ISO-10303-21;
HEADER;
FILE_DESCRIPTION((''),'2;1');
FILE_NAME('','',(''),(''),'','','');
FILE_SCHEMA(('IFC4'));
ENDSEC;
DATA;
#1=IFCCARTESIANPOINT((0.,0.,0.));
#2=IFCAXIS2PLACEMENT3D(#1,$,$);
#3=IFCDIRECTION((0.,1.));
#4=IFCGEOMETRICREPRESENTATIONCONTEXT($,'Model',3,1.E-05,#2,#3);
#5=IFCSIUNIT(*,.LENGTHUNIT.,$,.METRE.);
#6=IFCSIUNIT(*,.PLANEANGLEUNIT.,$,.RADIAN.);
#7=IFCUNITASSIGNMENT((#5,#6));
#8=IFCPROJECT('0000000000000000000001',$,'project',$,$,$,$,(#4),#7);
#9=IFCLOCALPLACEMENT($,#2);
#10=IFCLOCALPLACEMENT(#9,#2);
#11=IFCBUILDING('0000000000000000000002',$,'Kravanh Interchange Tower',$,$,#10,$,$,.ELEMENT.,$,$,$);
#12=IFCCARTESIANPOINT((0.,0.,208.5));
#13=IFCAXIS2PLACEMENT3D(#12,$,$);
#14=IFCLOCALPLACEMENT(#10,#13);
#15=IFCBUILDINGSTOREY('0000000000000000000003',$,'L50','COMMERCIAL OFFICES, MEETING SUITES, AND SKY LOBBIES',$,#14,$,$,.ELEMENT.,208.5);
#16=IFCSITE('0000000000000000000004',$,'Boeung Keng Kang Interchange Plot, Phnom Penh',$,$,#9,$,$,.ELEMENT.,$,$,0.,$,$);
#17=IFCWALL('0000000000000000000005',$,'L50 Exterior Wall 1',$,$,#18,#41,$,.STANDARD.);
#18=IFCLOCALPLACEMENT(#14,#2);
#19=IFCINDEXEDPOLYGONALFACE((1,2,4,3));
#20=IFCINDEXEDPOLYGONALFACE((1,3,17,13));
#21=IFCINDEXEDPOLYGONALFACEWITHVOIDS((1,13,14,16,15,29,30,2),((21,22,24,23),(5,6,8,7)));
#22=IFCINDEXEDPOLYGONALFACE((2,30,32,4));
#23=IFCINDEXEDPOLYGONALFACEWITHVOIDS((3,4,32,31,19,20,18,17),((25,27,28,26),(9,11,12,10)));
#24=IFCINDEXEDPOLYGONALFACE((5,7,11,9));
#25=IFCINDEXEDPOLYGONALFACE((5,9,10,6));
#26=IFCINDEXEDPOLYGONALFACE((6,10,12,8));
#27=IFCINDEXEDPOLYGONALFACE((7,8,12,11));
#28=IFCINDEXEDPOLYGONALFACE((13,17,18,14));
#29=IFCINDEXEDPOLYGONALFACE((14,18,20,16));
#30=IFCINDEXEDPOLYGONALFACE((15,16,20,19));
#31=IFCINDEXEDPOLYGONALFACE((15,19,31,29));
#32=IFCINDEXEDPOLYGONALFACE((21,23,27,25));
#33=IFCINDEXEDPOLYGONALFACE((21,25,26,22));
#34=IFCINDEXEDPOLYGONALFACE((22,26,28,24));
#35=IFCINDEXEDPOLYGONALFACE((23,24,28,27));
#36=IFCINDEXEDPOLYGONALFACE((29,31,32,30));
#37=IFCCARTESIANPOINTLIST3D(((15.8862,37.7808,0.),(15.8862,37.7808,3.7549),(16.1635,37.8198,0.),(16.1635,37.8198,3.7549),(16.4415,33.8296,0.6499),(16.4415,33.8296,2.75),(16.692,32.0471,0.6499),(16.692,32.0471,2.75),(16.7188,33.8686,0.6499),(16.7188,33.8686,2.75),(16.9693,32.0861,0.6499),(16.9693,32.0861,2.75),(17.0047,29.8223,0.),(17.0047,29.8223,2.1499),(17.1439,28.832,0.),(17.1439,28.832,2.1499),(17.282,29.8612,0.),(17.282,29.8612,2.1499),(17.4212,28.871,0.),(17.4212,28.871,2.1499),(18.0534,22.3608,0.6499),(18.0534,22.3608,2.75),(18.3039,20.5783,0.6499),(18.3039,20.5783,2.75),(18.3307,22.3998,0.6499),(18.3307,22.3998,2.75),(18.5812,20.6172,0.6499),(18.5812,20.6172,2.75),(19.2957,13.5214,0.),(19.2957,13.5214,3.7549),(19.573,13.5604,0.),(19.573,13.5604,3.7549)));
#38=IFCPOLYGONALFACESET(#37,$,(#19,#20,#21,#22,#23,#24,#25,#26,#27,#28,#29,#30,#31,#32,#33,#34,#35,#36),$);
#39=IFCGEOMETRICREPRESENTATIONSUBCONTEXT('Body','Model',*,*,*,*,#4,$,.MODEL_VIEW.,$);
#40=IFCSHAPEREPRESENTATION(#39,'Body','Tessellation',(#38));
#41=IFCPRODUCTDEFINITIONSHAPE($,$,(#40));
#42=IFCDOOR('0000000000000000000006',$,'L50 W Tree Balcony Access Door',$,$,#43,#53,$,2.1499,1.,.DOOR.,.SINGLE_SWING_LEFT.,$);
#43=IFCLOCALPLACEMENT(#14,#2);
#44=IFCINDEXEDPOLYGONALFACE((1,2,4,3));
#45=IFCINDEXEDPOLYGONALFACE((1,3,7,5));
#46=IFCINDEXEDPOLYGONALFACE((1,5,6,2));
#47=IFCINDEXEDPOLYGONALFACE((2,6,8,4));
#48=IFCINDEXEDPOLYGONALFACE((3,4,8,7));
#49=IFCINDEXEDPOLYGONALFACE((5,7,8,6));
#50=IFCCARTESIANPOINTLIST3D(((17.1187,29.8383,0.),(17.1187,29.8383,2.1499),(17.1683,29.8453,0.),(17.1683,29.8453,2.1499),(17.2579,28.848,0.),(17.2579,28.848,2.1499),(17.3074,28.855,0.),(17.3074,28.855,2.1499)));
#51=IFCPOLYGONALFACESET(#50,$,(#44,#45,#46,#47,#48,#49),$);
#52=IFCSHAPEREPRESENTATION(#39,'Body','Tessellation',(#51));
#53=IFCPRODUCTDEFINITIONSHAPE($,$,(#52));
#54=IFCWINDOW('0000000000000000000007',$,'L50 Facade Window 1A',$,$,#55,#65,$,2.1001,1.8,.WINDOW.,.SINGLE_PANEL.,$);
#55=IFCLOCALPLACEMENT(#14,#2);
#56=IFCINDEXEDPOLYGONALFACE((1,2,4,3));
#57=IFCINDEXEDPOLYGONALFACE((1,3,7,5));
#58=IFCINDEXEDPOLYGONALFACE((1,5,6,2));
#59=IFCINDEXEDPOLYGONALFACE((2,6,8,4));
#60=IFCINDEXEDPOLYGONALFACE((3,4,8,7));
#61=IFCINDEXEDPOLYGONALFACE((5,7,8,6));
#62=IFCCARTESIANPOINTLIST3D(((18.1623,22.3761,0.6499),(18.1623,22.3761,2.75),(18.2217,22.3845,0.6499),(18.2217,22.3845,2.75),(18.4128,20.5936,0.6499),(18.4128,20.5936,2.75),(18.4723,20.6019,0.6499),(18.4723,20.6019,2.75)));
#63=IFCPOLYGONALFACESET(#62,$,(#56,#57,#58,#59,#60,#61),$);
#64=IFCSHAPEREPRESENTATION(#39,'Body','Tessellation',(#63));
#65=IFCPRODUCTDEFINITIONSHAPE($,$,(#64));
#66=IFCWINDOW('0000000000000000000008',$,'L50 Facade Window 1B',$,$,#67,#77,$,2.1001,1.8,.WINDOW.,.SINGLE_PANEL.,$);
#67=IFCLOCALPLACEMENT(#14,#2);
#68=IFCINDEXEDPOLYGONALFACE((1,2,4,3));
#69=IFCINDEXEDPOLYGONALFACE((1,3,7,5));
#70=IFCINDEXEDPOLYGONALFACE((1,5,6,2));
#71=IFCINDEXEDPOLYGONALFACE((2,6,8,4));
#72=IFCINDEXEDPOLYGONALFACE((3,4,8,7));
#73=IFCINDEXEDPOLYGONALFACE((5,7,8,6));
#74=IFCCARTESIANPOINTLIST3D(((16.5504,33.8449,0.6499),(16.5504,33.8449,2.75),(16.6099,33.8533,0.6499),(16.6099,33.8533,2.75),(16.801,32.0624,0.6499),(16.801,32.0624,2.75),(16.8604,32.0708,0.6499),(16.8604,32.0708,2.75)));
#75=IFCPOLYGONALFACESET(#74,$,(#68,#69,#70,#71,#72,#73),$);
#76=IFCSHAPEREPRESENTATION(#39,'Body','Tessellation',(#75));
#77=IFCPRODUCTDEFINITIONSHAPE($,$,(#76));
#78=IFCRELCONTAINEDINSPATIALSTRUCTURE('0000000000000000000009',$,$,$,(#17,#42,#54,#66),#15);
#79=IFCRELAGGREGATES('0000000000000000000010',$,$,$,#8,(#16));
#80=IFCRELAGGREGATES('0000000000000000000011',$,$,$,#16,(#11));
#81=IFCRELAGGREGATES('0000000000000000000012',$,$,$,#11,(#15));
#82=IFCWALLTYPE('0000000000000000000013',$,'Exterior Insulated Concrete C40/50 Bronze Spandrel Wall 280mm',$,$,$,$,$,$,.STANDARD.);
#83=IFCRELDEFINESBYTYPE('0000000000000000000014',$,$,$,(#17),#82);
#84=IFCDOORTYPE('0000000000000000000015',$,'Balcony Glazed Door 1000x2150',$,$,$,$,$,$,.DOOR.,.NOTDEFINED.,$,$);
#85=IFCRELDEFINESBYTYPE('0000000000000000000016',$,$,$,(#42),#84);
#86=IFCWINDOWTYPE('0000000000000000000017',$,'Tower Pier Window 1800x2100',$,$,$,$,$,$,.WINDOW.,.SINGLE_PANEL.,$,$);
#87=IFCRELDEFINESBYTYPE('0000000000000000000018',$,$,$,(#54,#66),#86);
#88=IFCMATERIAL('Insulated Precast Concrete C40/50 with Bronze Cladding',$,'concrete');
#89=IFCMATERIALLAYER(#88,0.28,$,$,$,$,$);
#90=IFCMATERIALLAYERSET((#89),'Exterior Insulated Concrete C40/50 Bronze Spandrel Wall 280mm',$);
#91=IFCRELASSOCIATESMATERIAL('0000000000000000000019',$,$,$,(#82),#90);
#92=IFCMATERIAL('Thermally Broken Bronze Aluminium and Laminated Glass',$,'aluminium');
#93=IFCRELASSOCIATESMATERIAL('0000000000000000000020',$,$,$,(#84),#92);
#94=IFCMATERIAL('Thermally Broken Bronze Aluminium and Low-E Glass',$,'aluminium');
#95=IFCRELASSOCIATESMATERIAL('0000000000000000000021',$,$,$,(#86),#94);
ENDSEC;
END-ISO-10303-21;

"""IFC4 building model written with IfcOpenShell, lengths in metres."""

from ifc_helpers import new_model, si_unit, direction, frame, frame_2d, origin, place, context, subcontext, project, spatial, rectangle, extrude, material, layer, layer_set, type_object, element, fill, save


model = new_model("IFC4")

# Units and contexts
model_context = context("Model", 3, precision=1e-05, world=origin(), true_north=direction((0.0, 1.0)))
body_context = subcontext(model_context, "Body", "Model", "MODEL_VIEW")
ifc_project = project(units=[si_unit("LENGTHUNIT", "METRE"), si_unit("PLANEANGLEUNIT", "RADIAN")], contexts=[model_context])

# Site, building, storey
site_placement = place(None, origin())
site = spatial("IfcSite", under=ifc_project, at=site_placement, Name="Boeung Keng Kang Interchange Plot, Phnom Penh", CompositionType="ELEMENT", RefElevation=0.0)
building_placement = place(site_placement, origin())
building = spatial("IfcBuilding", under=site, at=building_placement, Name="Kravanh Interchange Tower", CompositionType="ELEMENT")
storey_placement = place(building_placement, frame((0.0, 0.0, 208.5)))
storey = spatial("IfcBuildingStorey", under=building, at=storey_placement, Name="L50", Description="COMMERCIAL OFFICES, MEETING SUITES, AND SKY LOBBIES", CompositionType="ELEMENT", Elevation=208.5)

# Wall, openings, door, windows
ifc_material_1 = material(Name="Insulated Precast Concrete C40/50 with Bronze Cladding", Category="concrete")
ifc_layer_1 = layer(ifc_material_1, 0.28)
ifc_layer_set_1 = layer_set([ifc_layer_1], Name="Exterior Insulated Concrete C40/50 Bronze Spandrel Wall 280mm")
wall_type_1 = type_object("IfcWallType", Name="Exterior Insulated Concrete C40/50 Bronze Spandrel Wall 280mm", PredefinedType="STANDARD", material=ifc_layer_set_1)
wall_1_placement = place(storey_placement, frame((19.4343, 13.5408, 0.0), z_axis=(0.0, 0.0, 1.0), x_axis=(-0.139173, 0.990268, 0.0)))
wall_1 = element("IfcWall", 1, at=wall_1_placement, inside=storey, type_object=wall_type_1, Name="L50 Exterior Wall 1", PredefinedType="STANDARD", context=body_context, shape_type="SweptSolid", body=[
    extrude(rectangle(XDim=24.4978, YDim=0.28, at=frame_2d((12.249, 0.0))), origin(), (0.0, 0.0, 1.0), 3.7549),
])
opening_1_placement = place(wall_1_placement, frame((15.4612, 0.0, 0.0)))
opening_1 = element("IfcOpeningElement", 2, at=opening_1_placement, cuts=wall_1, PredefinedType="OPENING", context=body_context, shape_type="SweptSolid", body=[
    extrude(rectangle(XDim=1.0, YDim=2.1499, at=frame_2d((0.5, 1.075))), frame((0.0, 0.1499, 0.0), z_axis=(0.0, -1.0, 0.0), x_axis=(1.0, 0.0, 0.0)), (0.0, 0.0, 1.0), 0.3),
])
opening_2_placement = place(wall_1_placement, frame((7.1265, 0.0, 0.6499)))
opening_2 = element("IfcOpeningElement", 3, at=opening_2_placement, cuts=wall_1, PredefinedType="OPENING", context=body_context, shape_type="SweptSolid", body=[
    extrude(rectangle(XDim=1.8, YDim=2.1001, at=frame_2d((0.8999, 1.05))), frame((0.0, 0.1499, 0.0), z_axis=(0.0, -1.0, 0.0), x_axis=(1.0, 0.0, 0.0)), (0.0, 0.0, 1.0), 0.3),
])
opening_3_placement = place(wall_1_placement, frame((18.708, 0.0, 0.6499)))
opening_3 = element("IfcOpeningElement", 4, at=opening_3_placement, cuts=wall_1, PredefinedType="OPENING", context=body_context, shape_type="SweptSolid", body=[
    extrude(rectangle(XDim=1.8, YDim=2.1001, at=frame_2d((0.8999, 1.05))), frame((0.0, 0.1499, 0.0), z_axis=(0.0, -1.0, 0.0), x_axis=(1.0, 0.0, 0.0)), (0.0, 0.0, 1.0), 0.3),
])
ifc_material_2 = material(Name="Thermally Broken Bronze Aluminium and Laminated Glass", Category="aluminium")
door_type_1 = type_object("IfcDoorType", Name="Balcony Glazed Door 1000x2150", OperationType="NOTDEFINED", PredefinedType="DOOR", material=ifc_material_2)
door_1_placement = place(opening_1_placement, origin())
door_1 = element("IfcDoor", 5, at=door_1_placement, inside=storey, type_object=door_type_1, Name="L50 W Tree Balcony Access Door", OperationType="SINGLE_SWING_LEFT", OverallHeight=2.1499, OverallWidth=1.0, PredefinedType="DOOR", context=body_context, shape_type="SweptSolid", body=[
    extrude(rectangle(XDim=1.0, YDim=2.1499, at=frame_2d((0.5, 1.075))), frame((0.0, 0.0249, 0.0), z_axis=(0.0, -1.0, 0.0), x_axis=(1.0, 0.0, 0.0)), (0.0, 0.0, 1.0), 0.05),
])
fill(opening_1, door_1)
ifc_material_3 = material(Name="Thermally Broken Bronze Aluminium and Low-E Glass", Category="aluminium")
window_type = type_object("IfcWindowType", Name="Tower Pier Window 1800x2100", PartitioningType="SINGLE_PANEL", PredefinedType="WINDOW", material=ifc_material_3)
window_1_placement = place(opening_2_placement, origin())
window_1 = element("IfcWindow", 6, at=window_1_placement, inside=storey, type_object=window_type, Name="L50 Facade Window 1A", OverallHeight=2.1001, OverallWidth=1.8, PartitioningType="SINGLE_PANEL", PredefinedType="WINDOW", context=body_context, shape_type="SweptSolid", body=[
    extrude(rectangle(XDim=1.8, YDim=2.1001, at=frame_2d((0.8999, 1.05))), frame((0.0, 0.03, 0.0), z_axis=(0.0, -1.0, 0.0), x_axis=(1.0, 0.0, 0.0)), (0.0, 0.0, 1.0), 0.0601),
])
fill(opening_2, window_1)
window_2_placement = place(opening_3_placement, origin())
window_2 = element("IfcWindow", 7, at=window_2_placement, inside=storey, type_object=window_type, Name="L50 Facade Window 1B", OverallHeight=2.1001, OverallWidth=1.8, PartitioningType="SINGLE_PANEL", PredefinedType="WINDOW", context=body_context, shape_type="SweptSolid", body=[
    extrude(rectangle(XDim=1.8, YDim=2.1001, at=frame_2d((0.8999, 1.05))), frame((0.0, 0.03, 0.0), z_axis=(0.0, -1.0, 0.0), x_axis=(1.0, 0.0, 0.0)), (0.0, 0.0, 1.0), 0.0601),
])
fill(opening_3, window_2)

save(model, "model.ifc")
